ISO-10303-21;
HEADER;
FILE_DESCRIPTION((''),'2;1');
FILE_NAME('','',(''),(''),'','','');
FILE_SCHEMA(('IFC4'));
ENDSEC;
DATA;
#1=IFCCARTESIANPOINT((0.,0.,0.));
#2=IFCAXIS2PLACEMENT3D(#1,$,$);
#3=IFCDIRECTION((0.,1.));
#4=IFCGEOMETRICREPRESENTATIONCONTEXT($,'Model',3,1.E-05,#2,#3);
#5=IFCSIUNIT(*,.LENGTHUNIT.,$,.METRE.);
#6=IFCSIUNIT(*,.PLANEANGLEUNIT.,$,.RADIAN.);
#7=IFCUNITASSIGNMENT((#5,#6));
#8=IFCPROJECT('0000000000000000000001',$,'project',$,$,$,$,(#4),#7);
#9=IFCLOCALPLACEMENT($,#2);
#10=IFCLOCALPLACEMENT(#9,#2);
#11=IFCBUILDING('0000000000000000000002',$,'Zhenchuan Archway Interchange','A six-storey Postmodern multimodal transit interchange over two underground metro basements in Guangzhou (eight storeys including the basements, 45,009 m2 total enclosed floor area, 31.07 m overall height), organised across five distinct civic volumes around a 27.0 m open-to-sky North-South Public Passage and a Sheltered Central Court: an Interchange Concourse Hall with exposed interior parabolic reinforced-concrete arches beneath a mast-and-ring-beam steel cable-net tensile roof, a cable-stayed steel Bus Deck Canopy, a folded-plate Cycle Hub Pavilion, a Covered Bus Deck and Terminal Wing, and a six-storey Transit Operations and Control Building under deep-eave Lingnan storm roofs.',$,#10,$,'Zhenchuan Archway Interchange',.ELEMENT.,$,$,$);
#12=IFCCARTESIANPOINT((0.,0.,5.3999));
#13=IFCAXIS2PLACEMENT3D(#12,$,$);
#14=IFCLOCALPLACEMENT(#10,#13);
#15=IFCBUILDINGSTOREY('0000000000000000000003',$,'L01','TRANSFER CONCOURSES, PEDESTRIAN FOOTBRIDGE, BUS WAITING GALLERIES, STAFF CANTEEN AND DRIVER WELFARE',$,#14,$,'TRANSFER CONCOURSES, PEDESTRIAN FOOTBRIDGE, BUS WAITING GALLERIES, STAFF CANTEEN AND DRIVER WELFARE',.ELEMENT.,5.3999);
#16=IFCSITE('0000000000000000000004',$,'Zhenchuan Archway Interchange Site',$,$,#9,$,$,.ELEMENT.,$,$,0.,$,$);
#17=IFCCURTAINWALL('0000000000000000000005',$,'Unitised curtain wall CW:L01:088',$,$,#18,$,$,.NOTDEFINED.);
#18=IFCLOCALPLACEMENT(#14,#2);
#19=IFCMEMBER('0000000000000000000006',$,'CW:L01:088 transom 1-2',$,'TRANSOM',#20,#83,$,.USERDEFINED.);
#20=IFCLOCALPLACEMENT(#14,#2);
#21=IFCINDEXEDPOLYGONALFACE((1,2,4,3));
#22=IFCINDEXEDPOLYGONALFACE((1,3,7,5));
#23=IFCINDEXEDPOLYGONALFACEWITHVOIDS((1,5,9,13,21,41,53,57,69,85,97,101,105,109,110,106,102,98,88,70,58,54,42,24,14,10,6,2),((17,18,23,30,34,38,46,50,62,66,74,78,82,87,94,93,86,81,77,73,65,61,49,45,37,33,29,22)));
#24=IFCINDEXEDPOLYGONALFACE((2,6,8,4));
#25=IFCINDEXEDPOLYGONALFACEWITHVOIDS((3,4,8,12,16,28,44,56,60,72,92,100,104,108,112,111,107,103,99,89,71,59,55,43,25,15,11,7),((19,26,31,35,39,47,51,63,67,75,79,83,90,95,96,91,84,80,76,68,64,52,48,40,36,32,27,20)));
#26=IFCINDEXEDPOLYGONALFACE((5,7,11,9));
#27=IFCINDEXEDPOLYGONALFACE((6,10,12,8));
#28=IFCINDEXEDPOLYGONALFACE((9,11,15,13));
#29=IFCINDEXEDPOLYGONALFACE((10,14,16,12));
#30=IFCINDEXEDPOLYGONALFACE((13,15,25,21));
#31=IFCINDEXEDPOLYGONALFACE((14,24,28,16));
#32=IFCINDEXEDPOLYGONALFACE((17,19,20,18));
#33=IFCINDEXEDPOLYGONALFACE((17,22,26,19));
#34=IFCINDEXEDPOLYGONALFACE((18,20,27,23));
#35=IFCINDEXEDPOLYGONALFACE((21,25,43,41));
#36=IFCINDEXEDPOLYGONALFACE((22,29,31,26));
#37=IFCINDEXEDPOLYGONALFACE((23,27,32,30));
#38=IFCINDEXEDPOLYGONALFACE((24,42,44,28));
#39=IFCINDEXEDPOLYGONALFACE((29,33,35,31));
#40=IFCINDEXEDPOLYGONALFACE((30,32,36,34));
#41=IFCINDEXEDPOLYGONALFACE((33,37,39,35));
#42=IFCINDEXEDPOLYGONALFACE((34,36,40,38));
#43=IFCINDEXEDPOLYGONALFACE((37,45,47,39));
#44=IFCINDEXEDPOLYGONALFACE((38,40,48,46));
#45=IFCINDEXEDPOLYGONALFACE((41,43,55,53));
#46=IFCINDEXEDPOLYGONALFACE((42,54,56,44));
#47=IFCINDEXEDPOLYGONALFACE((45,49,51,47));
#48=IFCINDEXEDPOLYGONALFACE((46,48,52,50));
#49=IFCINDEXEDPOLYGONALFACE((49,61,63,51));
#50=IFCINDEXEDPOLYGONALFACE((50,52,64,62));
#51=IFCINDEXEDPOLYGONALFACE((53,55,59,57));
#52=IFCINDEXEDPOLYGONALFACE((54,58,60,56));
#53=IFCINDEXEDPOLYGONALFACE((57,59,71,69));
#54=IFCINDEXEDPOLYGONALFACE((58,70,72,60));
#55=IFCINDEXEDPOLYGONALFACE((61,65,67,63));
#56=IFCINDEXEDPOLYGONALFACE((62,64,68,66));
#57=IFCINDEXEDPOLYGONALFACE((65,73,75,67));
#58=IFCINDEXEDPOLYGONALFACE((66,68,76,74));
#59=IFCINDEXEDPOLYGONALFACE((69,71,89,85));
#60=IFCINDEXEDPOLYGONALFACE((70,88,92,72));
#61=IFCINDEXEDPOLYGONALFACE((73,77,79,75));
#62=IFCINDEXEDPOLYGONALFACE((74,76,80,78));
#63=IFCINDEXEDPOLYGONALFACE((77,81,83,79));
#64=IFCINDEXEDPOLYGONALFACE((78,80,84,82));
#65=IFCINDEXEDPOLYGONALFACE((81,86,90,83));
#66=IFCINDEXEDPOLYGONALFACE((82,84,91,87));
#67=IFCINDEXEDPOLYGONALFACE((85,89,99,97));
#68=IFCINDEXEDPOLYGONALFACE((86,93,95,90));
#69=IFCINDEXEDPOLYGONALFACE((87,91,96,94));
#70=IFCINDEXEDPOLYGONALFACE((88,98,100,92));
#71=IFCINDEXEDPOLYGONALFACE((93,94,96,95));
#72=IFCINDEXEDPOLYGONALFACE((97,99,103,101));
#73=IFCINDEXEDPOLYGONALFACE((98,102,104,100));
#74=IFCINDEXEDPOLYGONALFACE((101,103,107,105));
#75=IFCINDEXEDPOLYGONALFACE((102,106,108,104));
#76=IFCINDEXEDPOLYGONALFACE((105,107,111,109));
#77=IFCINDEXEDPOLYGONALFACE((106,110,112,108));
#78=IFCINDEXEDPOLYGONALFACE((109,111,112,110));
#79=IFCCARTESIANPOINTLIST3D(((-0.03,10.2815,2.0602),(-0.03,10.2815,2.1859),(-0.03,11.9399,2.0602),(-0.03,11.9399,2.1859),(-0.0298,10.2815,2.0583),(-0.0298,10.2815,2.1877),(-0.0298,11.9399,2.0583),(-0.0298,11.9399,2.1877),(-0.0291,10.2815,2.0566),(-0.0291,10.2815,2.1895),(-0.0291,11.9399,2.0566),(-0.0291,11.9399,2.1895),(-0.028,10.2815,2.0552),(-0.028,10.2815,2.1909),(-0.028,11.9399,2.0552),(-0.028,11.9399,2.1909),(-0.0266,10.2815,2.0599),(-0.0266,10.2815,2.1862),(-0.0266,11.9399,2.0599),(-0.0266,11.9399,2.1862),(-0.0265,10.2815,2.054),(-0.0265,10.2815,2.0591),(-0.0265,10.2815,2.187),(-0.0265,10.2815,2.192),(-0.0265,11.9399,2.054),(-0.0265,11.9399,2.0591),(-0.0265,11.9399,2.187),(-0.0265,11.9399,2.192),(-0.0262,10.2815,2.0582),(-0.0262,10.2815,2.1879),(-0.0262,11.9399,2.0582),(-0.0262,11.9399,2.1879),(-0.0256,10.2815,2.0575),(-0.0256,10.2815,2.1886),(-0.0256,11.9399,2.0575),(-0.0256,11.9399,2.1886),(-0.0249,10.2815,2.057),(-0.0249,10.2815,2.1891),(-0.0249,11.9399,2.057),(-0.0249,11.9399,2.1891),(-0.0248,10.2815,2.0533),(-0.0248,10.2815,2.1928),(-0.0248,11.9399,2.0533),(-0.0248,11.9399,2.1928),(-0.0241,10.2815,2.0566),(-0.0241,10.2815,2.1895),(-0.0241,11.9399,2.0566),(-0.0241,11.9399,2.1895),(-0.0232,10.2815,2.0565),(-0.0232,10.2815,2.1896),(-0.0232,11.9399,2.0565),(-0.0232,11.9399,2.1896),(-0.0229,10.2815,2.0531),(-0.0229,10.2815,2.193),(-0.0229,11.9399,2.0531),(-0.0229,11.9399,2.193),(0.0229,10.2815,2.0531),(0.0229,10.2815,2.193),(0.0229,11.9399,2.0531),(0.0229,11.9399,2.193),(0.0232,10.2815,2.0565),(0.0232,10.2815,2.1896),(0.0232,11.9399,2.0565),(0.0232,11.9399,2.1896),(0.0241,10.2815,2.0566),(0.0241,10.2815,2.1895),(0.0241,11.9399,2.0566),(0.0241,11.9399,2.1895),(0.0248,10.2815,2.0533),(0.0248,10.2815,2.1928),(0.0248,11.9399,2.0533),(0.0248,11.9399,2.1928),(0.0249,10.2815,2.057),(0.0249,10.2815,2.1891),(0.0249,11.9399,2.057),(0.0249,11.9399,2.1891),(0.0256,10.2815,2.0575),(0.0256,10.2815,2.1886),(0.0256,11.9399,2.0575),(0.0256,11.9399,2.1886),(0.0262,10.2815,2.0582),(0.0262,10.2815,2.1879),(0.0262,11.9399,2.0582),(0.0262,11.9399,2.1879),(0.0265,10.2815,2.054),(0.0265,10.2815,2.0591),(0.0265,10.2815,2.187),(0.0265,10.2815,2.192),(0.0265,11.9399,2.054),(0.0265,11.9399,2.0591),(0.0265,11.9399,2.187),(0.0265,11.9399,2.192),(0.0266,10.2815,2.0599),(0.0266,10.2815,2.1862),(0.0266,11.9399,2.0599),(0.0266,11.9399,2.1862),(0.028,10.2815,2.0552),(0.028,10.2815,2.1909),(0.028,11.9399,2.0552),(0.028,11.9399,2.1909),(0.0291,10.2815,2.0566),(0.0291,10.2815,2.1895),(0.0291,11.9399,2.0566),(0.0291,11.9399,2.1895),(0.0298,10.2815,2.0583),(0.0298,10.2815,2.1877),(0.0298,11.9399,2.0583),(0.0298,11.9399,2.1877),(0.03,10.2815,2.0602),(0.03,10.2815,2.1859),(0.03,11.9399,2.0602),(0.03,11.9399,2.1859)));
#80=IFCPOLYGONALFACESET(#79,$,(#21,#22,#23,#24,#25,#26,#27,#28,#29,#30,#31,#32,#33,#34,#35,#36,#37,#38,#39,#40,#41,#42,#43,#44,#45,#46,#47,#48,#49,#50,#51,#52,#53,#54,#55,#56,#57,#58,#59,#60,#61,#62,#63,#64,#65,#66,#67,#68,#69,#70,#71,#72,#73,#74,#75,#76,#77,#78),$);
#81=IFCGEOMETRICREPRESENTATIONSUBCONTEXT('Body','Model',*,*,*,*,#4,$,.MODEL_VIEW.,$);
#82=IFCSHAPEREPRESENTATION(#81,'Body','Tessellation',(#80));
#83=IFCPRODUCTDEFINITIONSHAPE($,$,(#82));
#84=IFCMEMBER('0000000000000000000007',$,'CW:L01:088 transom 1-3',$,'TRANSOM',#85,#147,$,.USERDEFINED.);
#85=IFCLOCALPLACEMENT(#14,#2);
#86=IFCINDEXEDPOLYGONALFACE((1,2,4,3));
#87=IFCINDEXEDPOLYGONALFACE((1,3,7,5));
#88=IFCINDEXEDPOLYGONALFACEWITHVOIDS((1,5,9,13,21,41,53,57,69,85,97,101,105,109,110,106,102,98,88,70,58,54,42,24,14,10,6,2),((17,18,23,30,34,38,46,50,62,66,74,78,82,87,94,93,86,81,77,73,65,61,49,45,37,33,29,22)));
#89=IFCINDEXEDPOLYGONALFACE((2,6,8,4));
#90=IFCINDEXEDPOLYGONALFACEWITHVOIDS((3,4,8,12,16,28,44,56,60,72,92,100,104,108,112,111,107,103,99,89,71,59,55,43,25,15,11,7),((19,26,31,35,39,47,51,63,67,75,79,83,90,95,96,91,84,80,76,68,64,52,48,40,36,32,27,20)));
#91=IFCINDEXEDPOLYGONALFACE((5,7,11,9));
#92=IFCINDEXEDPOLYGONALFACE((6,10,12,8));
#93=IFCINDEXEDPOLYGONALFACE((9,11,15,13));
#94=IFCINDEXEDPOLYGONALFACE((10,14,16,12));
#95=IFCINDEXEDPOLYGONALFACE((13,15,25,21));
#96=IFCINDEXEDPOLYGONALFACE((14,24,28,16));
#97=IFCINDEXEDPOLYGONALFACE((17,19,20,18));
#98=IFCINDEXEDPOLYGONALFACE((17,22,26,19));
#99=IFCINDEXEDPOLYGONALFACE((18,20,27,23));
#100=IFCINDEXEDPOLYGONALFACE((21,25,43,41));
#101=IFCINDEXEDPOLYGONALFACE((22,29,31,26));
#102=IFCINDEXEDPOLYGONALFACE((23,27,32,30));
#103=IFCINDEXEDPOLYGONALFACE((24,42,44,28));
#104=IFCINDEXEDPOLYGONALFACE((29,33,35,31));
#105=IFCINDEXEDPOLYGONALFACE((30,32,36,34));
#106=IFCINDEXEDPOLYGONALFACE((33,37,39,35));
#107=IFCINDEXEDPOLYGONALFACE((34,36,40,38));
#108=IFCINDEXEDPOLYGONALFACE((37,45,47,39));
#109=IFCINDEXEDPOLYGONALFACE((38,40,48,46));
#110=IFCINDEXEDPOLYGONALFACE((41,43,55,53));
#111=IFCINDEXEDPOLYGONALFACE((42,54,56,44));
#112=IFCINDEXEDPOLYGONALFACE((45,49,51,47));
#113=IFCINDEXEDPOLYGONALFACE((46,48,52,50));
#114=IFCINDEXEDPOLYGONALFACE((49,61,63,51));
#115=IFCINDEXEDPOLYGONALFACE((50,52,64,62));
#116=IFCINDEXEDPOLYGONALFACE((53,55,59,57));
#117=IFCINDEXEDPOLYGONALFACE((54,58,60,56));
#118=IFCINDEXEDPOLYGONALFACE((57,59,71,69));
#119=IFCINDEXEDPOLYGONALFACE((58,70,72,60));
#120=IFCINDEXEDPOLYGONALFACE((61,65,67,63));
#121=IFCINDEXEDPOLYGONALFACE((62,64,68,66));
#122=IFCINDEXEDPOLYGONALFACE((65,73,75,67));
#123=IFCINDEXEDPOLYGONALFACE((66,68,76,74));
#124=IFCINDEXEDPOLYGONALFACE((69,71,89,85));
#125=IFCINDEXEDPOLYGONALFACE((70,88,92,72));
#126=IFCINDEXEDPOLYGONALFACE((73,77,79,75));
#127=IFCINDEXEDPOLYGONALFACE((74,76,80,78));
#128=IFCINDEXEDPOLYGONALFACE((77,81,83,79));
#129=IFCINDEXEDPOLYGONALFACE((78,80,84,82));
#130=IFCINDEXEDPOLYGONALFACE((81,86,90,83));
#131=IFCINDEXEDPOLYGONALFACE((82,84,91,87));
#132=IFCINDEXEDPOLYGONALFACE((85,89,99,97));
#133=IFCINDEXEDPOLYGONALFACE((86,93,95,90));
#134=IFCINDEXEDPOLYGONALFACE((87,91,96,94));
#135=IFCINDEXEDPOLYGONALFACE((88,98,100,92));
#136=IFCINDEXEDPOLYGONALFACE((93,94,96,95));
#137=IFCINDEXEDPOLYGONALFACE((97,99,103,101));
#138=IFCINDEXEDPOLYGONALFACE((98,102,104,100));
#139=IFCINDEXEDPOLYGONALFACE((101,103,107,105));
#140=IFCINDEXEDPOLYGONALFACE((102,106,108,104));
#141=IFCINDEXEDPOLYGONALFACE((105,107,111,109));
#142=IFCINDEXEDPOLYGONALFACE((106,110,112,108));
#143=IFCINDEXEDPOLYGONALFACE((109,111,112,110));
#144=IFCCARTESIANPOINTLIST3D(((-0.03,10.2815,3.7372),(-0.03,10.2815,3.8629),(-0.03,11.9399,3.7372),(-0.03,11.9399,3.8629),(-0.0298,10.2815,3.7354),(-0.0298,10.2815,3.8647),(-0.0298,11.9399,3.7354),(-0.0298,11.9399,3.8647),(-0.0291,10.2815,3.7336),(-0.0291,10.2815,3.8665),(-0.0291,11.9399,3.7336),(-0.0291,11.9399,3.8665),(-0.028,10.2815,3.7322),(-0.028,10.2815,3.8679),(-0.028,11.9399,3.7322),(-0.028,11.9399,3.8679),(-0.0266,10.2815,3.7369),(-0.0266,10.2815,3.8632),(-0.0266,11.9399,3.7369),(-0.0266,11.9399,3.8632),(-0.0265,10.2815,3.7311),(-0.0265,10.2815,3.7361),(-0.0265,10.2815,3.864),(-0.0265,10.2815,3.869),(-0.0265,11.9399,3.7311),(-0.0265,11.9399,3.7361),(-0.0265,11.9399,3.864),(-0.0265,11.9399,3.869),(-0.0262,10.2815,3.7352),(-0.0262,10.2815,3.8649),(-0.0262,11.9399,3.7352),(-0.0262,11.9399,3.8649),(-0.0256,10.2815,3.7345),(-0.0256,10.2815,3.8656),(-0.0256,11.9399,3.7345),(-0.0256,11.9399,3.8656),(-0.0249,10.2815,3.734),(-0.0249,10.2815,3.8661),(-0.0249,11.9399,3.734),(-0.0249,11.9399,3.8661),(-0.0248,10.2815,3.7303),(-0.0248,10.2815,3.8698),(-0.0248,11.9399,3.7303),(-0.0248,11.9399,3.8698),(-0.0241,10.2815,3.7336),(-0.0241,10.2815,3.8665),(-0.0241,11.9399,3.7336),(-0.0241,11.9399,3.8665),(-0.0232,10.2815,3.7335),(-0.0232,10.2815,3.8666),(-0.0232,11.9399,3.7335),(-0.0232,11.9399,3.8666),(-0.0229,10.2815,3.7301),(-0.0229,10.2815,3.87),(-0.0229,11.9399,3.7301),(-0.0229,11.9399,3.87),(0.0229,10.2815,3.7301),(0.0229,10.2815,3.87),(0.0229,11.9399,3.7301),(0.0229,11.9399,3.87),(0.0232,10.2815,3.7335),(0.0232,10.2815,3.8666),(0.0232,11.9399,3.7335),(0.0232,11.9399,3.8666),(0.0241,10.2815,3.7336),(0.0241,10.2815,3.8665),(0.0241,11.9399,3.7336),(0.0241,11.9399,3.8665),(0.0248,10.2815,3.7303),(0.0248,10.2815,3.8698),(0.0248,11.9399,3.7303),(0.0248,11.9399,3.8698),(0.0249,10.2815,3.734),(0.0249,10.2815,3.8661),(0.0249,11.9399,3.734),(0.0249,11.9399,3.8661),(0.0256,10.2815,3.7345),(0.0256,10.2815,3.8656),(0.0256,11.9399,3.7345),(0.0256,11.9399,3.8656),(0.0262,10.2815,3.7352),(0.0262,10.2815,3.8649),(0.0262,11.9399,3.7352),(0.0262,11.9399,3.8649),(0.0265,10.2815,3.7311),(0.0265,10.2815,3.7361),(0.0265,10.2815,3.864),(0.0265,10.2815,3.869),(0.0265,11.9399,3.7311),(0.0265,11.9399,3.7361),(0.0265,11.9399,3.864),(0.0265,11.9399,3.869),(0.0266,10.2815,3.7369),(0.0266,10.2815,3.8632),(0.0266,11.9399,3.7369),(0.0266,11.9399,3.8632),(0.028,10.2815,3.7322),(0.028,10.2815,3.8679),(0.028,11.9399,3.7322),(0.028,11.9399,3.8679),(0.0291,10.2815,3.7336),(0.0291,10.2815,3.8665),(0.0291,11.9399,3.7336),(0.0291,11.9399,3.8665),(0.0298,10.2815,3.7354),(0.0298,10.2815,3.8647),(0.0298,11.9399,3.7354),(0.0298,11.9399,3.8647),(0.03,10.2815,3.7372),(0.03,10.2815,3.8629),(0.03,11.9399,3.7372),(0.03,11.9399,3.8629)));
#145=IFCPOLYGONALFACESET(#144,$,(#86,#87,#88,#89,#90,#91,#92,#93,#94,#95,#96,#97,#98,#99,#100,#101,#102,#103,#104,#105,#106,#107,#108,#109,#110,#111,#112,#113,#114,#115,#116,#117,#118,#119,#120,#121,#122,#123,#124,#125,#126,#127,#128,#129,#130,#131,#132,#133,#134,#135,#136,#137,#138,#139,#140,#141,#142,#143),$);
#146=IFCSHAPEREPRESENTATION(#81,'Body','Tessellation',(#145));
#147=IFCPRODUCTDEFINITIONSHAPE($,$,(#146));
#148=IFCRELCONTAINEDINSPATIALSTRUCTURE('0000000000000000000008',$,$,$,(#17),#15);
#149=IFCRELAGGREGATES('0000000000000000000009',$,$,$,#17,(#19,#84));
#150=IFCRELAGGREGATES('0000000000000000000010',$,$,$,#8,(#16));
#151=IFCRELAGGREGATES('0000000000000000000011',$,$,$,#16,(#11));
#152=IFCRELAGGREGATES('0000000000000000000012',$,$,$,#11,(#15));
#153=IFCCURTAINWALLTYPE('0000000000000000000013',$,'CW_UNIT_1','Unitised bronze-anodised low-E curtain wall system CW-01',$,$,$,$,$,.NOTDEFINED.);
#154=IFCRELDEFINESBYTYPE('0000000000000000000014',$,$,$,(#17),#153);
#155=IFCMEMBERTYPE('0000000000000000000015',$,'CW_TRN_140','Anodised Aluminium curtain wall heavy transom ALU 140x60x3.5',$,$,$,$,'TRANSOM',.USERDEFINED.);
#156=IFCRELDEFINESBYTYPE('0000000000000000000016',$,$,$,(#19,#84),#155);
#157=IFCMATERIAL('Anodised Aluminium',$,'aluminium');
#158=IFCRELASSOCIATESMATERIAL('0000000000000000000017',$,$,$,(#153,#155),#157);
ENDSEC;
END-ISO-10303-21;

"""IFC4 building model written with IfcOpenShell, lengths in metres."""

from ifc_helpers import new_model, si_unit, direction, frame, origin, origin_2d, place, context, subcontext, project, spatial, hollow_rectangle, extrude, material, material_profile, profile_set, type_object, element, aggregate, save


model = new_model("IFC4")

# Units and contexts
model_context = context("Model", 3, precision=1e-05, world=origin(), true_north=direction((0.0, 1.0)))
body_context = subcontext(model_context, "Body", "Model", "MODEL_VIEW")
ifc_project = project(units=[si_unit("LENGTHUNIT", "METRE"), si_unit("PLANEANGLEUNIT", "RADIAN")], contexts=[model_context])

# Site, building, storey
site_placement = place(None, origin())
site = spatial("IfcSite", under=ifc_project, at=site_placement, Name="Zhenchuan Archway Interchange Site", CompositionType="ELEMENT", RefElevation=0.0)
building_placement = place(site_placement, origin())
building = spatial("IfcBuilding", under=site, at=building_placement, Name="Zhenchuan Archway Interchange", Description="A six-storey Postmodern multimodal transit interchange over two underground metro basements in Guangzhou (eight storeys including the basements, 45,009 m2 total enclosed floor area, 31.07 m overall height), organised across five distinct civic volumes around a 27.0 m open-to-sky North-South Public Passage and a Sheltered Central Court: an Interchange Concourse Hall with exposed interior parabolic reinforced-concrete arches beneath a mast-and-ring-beam steel cable-net tensile roof, a cable-stayed steel Bus Deck Canopy, a folded-plate Cycle Hub Pavilion, a Covered Bus Deck and Terminal Wing, and a six-storey Transit Operations and Control Building under deep-eave Lingnan storm roofs.", LongName="Zhenchuan Archway Interchange", CompositionType="ELEMENT")
storey_placement = place(building_placement, frame((0.0, 0.0, 5.3999)))
storey = spatial("IfcBuildingStorey", under=building, at=storey_placement, Name="L01", Description="TRANSFER CONCOURSES, PEDESTRIAN FOOTBRIDGE, BUS WAITING GALLERIES, STAFF CANTEEN AND DRIVER WELFARE", LongName="TRANSFER CONCOURSES, PEDESTRIAN FOOTBRIDGE, BUS WAITING GALLERIES, STAFF CANTEEN AND DRIVER WELFARE", CompositionType="ELEMENT", Elevation=5.3999)

# Curtain wall
ifc_material_1 = material(Name="Anodised Aluminium", Category="aluminium")
curtain_wall_type_1 = type_object("IfcCurtainWallType", Name="CW_UNIT_1", Description="Unitised bronze-anodised low-E curtain wall system CW-01", PredefinedType="NOTDEFINED", material=ifc_material_1)
curtain_wall_1_placement = place(storey_placement, origin())
curtain_wall_1 = element("IfcCurtainWall", 1, at=curtain_wall_1_placement, inside=storey, type_object=curtain_wall_type_1, Name="Unitised curtain wall CW:L01:088", PredefinedType="NOTDEFINED")

# Members
ifc_material_profile_1 = material_profile(ifc_material_1, hollow_rectangle(XDim=0.0601, YDim=0.1399, WallThickness=0.0034, InnerFilletRadius=0.0034, OuterFilletRadius=0.0071, at=origin_2d()), Name="ALU 140x60x3.5")
ifc_profile_set_1 = profile_set([ifc_material_profile_1], Name="Anodised Aluminium")
member_type_1 = type_object("IfcMemberType", Name="CW_TRN_140", Description="Anodised Aluminium curtain wall heavy transom ALU 140x60x3.5", ElementType="TRANSOM", PredefinedType="USERDEFINED", material=ifc_profile_set_1)
member_1_placement = place(storey_placement, frame((0.0, 10.2815, 2.123), z_axis=(0.0, 1.0, 0.0), x_axis=(-1.0, 0.0, 0.0)))
member_1 = element("IfcMember", 2, at=member_1_placement, type_object=member_type_1, Name="CW:L01:088 transom 1-2", ObjectType="TRANSOM", PredefinedType="USERDEFINED", context=body_context, shape_type="SweptSolid", body=[
    extrude(hollow_rectangle(XDim=0.0601, YDim=0.1399, WallThickness=0.0034, InnerFilletRadius=0.0034, OuterFilletRadius=0.0071, at=origin_2d()), origin(), (0.0, 0.0, 1.0), 1.6584),
])
member_2_placement = place(storey_placement, frame((0.0, 10.2815, 3.8), z_axis=(0.0, 1.0, 0.0), x_axis=(-1.0, 0.0, 0.0)))
member_2 = element("IfcMember", 3, at=member_2_placement, type_object=member_type_1, Name="CW:L01:088 transom 1-3", ObjectType="TRANSOM", PredefinedType="USERDEFINED", context=body_context, shape_type="SweptSolid", body=[
    extrude(hollow_rectangle(XDim=0.0601, YDim=0.1399, WallThickness=0.0034, InnerFilletRadius=0.0034, OuterFilletRadius=0.0071, at=origin_2d()), origin(), (0.0, 0.0, 1.0), 1.6584),
])

aggregate(curtain_wall_1, [member_1, member_2])

save(model, "model.ifc")
